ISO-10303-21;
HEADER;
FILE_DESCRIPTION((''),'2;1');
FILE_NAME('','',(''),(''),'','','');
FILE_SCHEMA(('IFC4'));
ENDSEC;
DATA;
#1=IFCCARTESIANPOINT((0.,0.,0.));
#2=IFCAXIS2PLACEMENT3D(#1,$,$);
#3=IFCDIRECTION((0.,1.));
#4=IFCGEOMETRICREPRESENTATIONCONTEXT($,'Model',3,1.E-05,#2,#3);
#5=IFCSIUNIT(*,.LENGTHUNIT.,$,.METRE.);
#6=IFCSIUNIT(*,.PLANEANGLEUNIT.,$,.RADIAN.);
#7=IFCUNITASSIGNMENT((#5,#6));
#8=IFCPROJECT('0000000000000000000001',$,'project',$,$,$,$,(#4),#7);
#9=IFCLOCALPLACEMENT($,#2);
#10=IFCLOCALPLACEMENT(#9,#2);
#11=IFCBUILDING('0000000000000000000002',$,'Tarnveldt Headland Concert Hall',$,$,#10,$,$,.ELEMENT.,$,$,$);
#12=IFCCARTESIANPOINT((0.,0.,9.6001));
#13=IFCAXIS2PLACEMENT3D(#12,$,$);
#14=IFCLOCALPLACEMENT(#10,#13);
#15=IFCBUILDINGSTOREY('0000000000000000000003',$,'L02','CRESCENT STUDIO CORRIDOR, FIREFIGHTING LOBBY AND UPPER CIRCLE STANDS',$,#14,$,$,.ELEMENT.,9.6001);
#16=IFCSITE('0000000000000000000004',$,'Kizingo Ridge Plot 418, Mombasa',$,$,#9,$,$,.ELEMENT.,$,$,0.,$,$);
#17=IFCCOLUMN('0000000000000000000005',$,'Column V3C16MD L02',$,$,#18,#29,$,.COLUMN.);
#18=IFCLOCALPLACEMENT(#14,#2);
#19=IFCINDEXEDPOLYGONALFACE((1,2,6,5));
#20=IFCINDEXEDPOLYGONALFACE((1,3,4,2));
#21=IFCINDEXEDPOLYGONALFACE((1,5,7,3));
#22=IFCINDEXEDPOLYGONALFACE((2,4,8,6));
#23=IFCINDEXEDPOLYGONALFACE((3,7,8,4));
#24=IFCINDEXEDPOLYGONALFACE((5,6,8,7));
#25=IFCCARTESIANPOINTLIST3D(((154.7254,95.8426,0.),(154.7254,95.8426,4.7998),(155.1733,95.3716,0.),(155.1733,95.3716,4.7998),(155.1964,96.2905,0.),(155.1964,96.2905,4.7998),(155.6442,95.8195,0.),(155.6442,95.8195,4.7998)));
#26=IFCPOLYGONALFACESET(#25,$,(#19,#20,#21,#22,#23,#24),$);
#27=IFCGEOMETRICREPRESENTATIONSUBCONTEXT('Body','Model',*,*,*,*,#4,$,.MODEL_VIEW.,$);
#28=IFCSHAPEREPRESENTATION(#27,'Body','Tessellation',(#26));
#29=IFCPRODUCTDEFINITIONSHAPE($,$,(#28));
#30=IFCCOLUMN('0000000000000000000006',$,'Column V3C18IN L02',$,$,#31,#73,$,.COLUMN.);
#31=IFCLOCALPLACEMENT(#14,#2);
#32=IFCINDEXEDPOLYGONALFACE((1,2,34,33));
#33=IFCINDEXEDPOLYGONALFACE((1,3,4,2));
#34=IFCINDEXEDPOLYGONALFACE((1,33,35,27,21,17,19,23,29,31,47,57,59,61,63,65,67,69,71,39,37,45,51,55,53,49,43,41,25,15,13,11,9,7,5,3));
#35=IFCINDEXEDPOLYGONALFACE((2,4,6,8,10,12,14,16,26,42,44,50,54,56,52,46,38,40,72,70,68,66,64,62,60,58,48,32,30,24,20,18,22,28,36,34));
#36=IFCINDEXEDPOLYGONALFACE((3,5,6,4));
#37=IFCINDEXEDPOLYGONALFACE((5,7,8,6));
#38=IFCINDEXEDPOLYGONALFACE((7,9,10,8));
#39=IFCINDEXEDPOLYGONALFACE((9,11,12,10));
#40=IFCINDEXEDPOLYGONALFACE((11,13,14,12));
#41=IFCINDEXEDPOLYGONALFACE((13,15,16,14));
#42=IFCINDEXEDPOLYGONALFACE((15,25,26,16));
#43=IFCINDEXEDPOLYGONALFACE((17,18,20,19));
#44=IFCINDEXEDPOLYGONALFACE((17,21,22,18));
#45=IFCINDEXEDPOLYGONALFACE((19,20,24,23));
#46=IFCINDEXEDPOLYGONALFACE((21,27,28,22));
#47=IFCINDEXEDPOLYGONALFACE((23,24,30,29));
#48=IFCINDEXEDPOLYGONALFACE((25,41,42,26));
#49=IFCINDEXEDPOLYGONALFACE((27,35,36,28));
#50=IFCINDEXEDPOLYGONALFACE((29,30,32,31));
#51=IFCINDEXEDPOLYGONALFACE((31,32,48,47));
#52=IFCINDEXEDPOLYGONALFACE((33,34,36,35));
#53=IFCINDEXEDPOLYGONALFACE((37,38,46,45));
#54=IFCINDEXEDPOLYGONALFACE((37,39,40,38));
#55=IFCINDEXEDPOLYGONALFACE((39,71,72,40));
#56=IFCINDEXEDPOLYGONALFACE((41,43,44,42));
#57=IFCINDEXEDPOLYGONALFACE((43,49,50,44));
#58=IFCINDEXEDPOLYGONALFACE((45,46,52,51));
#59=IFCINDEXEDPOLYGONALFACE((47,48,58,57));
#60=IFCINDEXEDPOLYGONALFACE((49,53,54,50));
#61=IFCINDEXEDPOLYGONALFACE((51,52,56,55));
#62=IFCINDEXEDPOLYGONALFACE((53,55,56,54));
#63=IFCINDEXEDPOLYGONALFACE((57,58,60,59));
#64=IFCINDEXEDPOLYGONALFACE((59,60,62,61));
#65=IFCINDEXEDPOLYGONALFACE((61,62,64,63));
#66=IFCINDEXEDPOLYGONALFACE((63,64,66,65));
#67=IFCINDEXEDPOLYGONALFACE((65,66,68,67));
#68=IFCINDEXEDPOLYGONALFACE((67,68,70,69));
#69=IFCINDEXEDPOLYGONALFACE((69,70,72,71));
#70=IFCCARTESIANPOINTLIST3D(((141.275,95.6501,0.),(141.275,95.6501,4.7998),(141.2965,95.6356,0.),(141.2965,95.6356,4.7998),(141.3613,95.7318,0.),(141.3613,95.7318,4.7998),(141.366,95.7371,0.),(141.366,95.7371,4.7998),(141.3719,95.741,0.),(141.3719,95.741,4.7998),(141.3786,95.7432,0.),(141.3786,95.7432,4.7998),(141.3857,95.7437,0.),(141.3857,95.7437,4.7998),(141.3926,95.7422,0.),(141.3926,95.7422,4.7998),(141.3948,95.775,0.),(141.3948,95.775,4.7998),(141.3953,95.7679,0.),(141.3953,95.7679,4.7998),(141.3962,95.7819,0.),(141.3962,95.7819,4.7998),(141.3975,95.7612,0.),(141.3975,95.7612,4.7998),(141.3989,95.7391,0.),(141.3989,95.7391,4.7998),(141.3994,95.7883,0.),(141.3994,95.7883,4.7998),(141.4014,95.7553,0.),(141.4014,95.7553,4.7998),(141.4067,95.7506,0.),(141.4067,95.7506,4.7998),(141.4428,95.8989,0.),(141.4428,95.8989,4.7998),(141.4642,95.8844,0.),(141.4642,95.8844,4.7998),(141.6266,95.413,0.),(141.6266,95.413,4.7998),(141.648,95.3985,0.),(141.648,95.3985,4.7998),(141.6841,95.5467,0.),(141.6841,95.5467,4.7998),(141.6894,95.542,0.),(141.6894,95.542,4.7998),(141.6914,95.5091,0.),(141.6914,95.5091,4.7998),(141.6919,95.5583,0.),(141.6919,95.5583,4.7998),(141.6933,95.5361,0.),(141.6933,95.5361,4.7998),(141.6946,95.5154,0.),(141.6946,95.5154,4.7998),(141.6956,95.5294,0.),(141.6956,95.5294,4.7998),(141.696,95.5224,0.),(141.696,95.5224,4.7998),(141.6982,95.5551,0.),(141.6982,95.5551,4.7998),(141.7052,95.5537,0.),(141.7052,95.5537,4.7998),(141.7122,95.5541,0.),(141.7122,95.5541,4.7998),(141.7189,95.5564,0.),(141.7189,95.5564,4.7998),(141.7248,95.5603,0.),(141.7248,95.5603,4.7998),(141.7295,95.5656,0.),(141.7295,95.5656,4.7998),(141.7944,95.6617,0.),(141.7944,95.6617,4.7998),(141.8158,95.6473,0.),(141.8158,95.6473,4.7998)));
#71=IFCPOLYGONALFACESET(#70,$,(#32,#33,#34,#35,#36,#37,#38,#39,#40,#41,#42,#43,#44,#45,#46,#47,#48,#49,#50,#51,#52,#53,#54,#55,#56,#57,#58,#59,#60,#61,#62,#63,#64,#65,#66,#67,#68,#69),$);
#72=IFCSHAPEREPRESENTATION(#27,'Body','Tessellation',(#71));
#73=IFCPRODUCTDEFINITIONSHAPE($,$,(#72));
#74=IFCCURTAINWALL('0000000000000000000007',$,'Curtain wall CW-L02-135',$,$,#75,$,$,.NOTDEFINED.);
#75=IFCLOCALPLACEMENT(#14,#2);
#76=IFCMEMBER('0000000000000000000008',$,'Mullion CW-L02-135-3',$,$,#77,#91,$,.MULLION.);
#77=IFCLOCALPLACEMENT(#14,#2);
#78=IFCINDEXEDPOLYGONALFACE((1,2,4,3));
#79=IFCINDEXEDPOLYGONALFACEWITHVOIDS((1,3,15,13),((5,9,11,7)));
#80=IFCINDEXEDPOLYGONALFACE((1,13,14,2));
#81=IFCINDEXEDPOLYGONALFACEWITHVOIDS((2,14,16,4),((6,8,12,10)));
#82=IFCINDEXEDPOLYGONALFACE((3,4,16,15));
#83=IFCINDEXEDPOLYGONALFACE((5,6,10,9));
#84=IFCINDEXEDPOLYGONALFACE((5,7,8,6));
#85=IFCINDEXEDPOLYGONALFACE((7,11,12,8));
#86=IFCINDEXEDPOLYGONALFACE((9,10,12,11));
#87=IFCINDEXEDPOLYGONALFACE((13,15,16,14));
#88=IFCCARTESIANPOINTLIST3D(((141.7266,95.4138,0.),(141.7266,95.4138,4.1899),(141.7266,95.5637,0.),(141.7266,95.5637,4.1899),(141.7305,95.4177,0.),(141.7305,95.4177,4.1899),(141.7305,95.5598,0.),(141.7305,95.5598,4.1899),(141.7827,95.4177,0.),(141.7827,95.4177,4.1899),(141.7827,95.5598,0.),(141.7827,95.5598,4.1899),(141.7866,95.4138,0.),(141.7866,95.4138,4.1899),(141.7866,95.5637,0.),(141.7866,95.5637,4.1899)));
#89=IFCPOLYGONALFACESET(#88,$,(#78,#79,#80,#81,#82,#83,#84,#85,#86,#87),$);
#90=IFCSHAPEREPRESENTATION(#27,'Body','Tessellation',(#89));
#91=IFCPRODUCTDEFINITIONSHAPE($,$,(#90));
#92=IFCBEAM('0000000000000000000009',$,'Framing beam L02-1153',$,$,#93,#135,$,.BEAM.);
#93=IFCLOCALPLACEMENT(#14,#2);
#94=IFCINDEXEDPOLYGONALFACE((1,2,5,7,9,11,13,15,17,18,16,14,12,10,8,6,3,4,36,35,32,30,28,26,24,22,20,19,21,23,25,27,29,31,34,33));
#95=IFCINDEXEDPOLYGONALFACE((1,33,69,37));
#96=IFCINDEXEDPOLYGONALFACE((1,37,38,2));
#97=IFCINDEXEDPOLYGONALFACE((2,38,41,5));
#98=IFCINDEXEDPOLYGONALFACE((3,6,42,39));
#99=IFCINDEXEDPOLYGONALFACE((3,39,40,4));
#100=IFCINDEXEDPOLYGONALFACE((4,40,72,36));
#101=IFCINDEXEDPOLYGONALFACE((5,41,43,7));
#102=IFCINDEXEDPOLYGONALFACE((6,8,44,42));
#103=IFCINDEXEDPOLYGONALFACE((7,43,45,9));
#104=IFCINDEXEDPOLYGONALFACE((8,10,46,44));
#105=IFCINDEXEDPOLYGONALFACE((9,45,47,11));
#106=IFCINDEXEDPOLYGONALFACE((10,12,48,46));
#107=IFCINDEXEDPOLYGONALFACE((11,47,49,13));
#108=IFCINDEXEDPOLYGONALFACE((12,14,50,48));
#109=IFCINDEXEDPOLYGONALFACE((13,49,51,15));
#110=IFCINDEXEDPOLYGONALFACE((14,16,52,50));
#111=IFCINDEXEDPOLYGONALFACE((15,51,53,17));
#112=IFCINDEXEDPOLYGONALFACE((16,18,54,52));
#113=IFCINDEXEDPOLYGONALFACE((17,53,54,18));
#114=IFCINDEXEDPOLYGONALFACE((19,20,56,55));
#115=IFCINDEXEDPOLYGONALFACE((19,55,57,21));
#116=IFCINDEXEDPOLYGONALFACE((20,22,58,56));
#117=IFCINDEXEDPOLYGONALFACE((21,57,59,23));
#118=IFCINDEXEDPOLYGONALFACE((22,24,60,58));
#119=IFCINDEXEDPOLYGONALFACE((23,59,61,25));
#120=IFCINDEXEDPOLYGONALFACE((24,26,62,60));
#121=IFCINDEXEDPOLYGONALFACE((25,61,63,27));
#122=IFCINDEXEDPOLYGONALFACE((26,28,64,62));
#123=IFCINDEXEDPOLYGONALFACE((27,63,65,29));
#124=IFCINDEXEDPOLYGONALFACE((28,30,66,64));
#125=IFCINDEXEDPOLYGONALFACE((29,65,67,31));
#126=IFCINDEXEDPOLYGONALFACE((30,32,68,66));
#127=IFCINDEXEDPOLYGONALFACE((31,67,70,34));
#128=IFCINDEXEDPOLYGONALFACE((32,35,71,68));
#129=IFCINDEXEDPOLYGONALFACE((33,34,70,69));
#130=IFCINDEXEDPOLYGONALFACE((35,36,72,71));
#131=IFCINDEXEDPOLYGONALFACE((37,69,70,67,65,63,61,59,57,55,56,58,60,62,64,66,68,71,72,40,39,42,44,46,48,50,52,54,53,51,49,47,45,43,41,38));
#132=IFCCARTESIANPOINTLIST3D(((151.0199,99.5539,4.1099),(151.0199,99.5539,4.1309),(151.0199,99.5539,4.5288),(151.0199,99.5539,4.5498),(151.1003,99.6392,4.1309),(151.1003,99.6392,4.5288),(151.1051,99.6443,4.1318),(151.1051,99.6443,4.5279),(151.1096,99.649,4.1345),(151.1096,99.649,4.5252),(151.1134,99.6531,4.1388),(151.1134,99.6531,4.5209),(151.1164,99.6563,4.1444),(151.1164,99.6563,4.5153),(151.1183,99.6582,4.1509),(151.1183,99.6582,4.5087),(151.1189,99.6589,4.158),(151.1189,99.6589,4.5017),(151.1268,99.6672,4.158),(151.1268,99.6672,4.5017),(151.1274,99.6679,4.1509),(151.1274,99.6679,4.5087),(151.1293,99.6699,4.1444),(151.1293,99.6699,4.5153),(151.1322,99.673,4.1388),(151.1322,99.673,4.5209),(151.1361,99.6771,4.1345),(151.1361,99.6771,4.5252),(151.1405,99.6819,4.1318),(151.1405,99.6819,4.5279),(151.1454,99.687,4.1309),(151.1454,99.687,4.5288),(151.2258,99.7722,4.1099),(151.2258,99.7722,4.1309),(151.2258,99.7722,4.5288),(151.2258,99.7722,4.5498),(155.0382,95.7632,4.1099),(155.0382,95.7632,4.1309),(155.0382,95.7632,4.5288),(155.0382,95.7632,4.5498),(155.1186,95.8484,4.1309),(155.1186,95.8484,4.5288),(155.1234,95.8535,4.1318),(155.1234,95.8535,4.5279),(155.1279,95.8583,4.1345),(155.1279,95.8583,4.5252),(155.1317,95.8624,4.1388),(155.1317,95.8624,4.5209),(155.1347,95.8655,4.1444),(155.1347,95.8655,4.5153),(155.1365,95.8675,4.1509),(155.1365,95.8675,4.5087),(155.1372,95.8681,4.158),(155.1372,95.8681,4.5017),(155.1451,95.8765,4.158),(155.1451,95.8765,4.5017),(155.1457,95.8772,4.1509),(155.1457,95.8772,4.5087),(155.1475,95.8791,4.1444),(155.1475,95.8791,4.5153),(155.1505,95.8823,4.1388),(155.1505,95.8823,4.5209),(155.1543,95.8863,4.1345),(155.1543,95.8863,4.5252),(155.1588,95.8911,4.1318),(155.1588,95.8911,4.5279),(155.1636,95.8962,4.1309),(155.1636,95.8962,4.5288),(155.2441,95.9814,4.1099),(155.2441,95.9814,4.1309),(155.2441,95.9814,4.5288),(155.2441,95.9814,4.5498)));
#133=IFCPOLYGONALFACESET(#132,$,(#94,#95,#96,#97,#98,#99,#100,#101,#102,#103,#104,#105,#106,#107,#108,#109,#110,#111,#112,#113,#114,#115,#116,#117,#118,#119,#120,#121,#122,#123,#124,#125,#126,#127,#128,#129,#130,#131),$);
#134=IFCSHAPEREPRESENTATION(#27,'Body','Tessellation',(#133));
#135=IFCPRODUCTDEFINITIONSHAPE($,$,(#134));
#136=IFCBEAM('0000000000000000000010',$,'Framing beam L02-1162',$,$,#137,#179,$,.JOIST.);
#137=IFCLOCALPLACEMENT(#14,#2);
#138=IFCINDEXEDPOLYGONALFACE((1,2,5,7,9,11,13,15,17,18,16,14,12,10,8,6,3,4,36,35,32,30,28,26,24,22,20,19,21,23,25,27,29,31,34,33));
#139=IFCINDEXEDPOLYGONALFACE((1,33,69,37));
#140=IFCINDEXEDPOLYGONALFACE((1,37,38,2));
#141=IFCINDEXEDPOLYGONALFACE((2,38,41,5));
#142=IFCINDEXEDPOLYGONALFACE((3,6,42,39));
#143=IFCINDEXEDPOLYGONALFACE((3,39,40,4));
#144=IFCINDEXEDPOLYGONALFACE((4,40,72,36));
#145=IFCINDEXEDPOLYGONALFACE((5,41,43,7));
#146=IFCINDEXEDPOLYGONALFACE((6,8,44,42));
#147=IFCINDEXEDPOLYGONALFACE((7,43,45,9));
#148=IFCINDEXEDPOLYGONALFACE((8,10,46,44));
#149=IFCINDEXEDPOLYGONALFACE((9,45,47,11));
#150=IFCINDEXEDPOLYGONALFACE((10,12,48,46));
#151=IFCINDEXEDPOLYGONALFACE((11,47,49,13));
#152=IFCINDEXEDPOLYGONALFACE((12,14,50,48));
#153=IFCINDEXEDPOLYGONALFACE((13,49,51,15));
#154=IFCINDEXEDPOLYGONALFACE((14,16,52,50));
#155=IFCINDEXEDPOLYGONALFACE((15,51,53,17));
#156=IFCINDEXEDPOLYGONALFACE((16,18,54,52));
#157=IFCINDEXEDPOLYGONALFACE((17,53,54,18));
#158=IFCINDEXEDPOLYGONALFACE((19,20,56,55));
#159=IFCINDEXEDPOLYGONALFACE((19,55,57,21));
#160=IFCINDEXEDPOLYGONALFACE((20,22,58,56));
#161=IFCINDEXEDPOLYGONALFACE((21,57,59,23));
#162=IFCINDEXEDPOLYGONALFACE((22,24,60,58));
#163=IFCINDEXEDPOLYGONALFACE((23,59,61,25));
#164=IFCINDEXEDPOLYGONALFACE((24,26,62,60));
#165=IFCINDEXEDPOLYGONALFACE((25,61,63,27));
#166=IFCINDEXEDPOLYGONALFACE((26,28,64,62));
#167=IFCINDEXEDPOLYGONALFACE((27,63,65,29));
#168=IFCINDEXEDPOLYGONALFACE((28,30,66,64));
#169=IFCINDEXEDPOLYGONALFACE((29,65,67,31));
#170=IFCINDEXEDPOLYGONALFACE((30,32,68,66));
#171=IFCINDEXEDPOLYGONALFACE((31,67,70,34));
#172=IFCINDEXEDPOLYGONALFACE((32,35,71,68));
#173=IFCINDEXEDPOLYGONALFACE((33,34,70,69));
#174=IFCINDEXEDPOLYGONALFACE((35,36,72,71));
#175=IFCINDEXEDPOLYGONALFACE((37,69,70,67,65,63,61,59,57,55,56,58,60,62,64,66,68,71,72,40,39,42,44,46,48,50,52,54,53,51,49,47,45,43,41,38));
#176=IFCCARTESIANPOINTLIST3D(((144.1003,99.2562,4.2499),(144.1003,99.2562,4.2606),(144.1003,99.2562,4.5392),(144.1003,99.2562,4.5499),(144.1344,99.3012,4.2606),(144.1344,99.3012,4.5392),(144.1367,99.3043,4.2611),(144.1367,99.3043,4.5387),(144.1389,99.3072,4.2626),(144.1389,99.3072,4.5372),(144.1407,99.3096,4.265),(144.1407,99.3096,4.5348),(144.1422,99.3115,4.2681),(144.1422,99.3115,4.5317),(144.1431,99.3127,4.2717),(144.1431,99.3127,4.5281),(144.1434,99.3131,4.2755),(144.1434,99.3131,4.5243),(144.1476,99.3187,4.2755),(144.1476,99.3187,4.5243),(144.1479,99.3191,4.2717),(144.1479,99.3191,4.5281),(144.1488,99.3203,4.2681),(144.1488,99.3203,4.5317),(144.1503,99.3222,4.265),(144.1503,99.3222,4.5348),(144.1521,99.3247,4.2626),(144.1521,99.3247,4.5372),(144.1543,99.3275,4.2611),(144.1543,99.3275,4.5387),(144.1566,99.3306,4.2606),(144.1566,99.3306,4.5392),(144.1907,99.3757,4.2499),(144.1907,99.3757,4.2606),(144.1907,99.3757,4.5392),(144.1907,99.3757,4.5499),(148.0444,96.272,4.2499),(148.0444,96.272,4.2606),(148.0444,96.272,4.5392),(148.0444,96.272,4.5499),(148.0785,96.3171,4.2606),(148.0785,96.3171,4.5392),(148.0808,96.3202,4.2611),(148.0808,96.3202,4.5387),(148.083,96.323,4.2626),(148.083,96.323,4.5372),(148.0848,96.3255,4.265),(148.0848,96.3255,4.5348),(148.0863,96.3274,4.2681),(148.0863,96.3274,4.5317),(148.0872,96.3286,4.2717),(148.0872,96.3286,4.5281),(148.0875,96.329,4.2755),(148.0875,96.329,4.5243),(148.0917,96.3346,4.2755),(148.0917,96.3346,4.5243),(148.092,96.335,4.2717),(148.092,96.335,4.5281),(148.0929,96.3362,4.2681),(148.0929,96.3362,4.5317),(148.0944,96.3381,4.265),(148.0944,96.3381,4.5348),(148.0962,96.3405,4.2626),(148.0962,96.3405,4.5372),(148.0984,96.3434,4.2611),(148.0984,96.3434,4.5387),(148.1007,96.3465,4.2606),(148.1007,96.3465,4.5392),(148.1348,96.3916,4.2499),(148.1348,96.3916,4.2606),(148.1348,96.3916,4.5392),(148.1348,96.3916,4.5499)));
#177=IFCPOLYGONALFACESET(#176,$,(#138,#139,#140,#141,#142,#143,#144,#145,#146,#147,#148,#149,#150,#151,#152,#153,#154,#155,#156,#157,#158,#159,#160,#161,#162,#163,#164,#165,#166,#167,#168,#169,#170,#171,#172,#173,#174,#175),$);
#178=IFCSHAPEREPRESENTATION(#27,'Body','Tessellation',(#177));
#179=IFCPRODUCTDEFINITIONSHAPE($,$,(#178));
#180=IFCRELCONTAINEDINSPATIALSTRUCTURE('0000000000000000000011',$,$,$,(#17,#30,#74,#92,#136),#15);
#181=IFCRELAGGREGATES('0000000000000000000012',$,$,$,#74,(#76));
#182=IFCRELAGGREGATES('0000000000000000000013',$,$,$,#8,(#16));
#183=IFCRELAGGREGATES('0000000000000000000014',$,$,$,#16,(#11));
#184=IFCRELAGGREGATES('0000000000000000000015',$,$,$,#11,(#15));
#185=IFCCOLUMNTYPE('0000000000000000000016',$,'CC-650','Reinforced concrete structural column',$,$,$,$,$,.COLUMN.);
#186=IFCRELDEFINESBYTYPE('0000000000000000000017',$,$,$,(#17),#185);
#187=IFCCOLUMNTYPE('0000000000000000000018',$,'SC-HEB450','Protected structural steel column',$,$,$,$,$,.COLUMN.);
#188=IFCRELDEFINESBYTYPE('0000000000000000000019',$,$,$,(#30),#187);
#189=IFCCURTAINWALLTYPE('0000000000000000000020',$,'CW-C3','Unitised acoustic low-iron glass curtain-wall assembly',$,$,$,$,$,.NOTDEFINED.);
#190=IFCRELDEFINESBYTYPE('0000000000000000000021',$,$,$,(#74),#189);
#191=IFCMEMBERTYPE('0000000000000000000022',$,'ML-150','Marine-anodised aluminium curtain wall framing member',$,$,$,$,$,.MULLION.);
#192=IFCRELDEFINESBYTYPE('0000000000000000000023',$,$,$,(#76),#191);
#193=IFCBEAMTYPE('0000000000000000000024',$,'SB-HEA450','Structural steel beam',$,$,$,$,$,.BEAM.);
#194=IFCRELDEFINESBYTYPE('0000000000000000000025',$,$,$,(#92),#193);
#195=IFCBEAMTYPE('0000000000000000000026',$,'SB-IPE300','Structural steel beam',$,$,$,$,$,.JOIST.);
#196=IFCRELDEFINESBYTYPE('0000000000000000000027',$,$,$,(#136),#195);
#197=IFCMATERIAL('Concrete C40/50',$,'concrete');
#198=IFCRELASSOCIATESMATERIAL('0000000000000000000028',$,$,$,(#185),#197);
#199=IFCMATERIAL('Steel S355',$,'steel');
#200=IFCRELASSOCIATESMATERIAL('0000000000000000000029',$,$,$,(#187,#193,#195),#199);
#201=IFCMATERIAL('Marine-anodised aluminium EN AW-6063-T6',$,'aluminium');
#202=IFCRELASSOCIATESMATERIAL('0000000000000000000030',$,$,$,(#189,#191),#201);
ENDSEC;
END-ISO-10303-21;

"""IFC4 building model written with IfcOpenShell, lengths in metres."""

from ifc_helpers import new_model, si_unit, direction, frame, origin, origin_2d, place, context, subcontext, project, spatial, rectangle, hollow_rectangle, i_section, extrude, material, material_profile, profile_set, type_object, element, aggregate, save


model = new_model("IFC4")

# Units and contexts
model_context = context("Model", 3, precision=1e-05, world=origin(), true_north=direction((0.0, 1.0)))
body_context = subcontext(model_context, "Body", "Model", "MODEL_VIEW")
ifc_project = project(units=[si_unit("LENGTHUNIT", "METRE"), si_unit("PLANEANGLEUNIT", "RADIAN")], contexts=[model_context])

# Site, building, storey
site_placement = place(None, origin())
site = spatial("IfcSite", under=ifc_project, at=site_placement, Name="Kizingo Ridge Plot 418, Mombasa", CompositionType="ELEMENT", RefElevation=0.0)
building_placement = place(site_placement, origin())
building = spatial("IfcBuilding", under=site, at=building_placement, Name="Tarnveldt Headland Concert Hall", CompositionType="ELEMENT")
storey_placement = place(building_placement, frame((0.0, 0.0, 9.6001)))
storey = spatial("IfcBuildingStorey", under=building, at=storey_placement, Name="L02", Description="CRESCENT STUDIO CORRIDOR, FIREFIGHTING LOBBY AND UPPER CIRCLE STANDS", CompositionType="ELEMENT", Elevation=9.6001)

# Columns
ifc_material_1 = material(Name="Concrete C40/50", Category="concrete")
ifc_material_profile_1 = material_profile(ifc_material_1, rectangle(XDim=0.6499, YDim=0.6499, at=origin_2d()), Name="RC 650x650", Category="concrete")
ifc_profile_set_1 = profile_set([ifc_material_profile_1], Name="Concrete C40/50")
column_type_1 = type_object("IfcColumnType", Name="CC-650", Description="Reinforced concrete structural column", PredefinedType="COLUMN", material=ifc_profile_set_1)
column_1_placement = place(storey_placement, frame((155.1848, 95.8311, 0.0), z_axis=(0.0, 0.0, 1.0), x_axis=(0.724653, 0.689114, 0.0)))
element("IfcColumn", 1, at=column_1_placement, inside=storey, type_object=column_type_1, Name="Column V3C16MD L02", PredefinedType="COLUMN", context=body_context, shape_type="SweptSolid", body=[
    extrude(rectangle(XDim=0.6499, YDim=0.6499, at=origin_2d()), origin(), (0.0, 0.0, 1.0), 4.7998),
])
ifc_material_2 = material(Name="Steel S355", Category="steel")
ifc_material_profile_2 = material_profile(ifc_material_2, i_section(OverallWidth=0.3, OverallDepth=0.45, WebThickness=0.0139, FlangeThickness=0.0259, FilletRadius=0.0271, at=origin_2d()), Name="HEB450", Category="steel")
ifc_profile_set_2 = profile_set([ifc_material_profile_2], Name="Steel S355")
column_type_2 = type_object("IfcColumnType", Name="SC-HEB450", Description="Protected structural steel column", PredefinedType="COLUMN", material=ifc_profile_set_2)
column_2_placement = place(storey_placement, frame((141.5454, 95.6487, 0.0), z_axis=(0.0, 0.0, 1.0), x_axis=(0.559193, 0.829038, 0.0)))
element("IfcColumn", 2, at=column_2_placement, inside=storey, type_object=column_type_2, Name="Column V3C18IN L02", PredefinedType="COLUMN", context=body_context, shape_type="SweptSolid", body=[
    extrude(i_section(OverallWidth=0.3, OverallDepth=0.45, WebThickness=0.0139, FlangeThickness=0.0259, FilletRadius=0.0271, at=origin_2d()), origin(), (0.0, 0.0, 1.0), 4.7998),
])

# Curtain wall, member
ifc_material_3 = material(Name="Marine-anodised aluminium EN AW-6063-T6", Category="aluminium")
curtain_wall_type = type_object("IfcCurtainWallType", Name="CW-C3", Description="Unitised acoustic low-iron glass curtain-wall assembly", PredefinedType="NOTDEFINED", material=ifc_material_3)
curtain_wall_placement = place(storey_placement, origin())
curtain_wall = element("IfcCurtainWall", 3, at=curtain_wall_placement, inside=storey, type_object=curtain_wall_type, Name="Curtain wall CW-L02-135", PredefinedType="NOTDEFINED")
ifc_material_profile_3 = material_profile(ifc_material_3, hollow_rectangle(XDim=0.0601, YDim=0.1499, WallThickness=0.0039, at=origin_2d()), Name="ALU MULLION 60x150x4", Category="aluminium")
ifc_profile_set_3 = profile_set([ifc_material_profile_3], Name="Marine-anodised aluminium EN AW-6063-T6")
member_type = type_object("IfcMemberType", Name="ML-150", Description="Marine-anodised aluminium curtain wall framing member", PredefinedType="MULLION", material=ifc_profile_set_3)
member_placement = place(storey_placement, frame((141.7566, 95.4888, 0.0), z_axis=(0.0, 0.0, 1.0), x_axis=(1.0, 0.0, 0.0)))
member = element("IfcMember", 4, at=member_placement, type_object=member_type, Name="Mullion CW-L02-135-3", PredefinedType="MULLION", context=body_context, shape_type="SweptSolid", body=[
    extrude(hollow_rectangle(XDim=0.0601, YDim=0.1499, WallThickness=0.0039, at=origin_2d()), origin(), (0.0, 0.0, 1.0), 4.1899),
])

# Beams
ifc_material_profile_4 = material_profile(ifc_material_2, i_section(OverallWidth=0.3, OverallDepth=0.4399, WebThickness=0.0115, FlangeThickness=0.021, FilletRadius=0.0271, at=origin_2d()), Name="HEA450", Category="steel")
ifc_profile_set_4 = profile_set([ifc_material_profile_4], Name="Steel S355")
beam_type_1 = type_object("IfcBeamType", Name="SB-HEA450", Description="Structural steel beam", PredefinedType="BEAM", material=ifc_profile_set_4)
beam_1_placement = place(storey_placement, frame((155.1411, 95.8723, 4.3298), z_axis=(-0.727402, 0.686212, 0.0), x_axis=(-0.686212, -0.727402, 0.0)))
element("IfcBeam", 5, at=beam_1_placement, inside=storey, type_object=beam_type_1, Name="Framing beam L02-1153", PredefinedType="BEAM", context=body_context, shape_type="SweptSolid", body=[
    extrude(i_section(OverallWidth=0.3, OverallDepth=0.4399, WebThickness=0.0115, FlangeThickness=0.021, FilletRadius=0.0271, at=origin_2d()), origin(), (0.0, 0.0, 1.0), 5.5242),
])
ifc_material_profile_5 = material_profile(ifc_material_2, i_section(OverallWidth=0.1499, OverallDepth=0.3, WebThickness=0.0071, FlangeThickness=0.0107, FilletRadius=0.0149, at=origin_2d()), Name="IPE300", Category="steel")
ifc_profile_set_5 = profile_set([ifc_material_profile_5], Name="Steel S355")
beam_type_2 = type_object("IfcBeamType", Name="SB-IPE300", Description="Structural steel beam", PredefinedType="JOIST", material=ifc_profile_set_5)
beam_2_placement = place(storey_placement, frame((148.0896, 96.3318, 4.3999), z_axis=(-0.797464, 0.603367, 0.0), x_axis=(-0.603367, -0.797464, 0.0)))
element("IfcBeam", 6, at=beam_2_placement, inside=storey, type_object=beam_type_2, Name="Framing beam L02-1162", PredefinedType="JOIST", context=body_context, shape_type="SweptSolid", body=[
    extrude(i_section(OverallWidth=0.1499, OverallDepth=0.3, WebThickness=0.0071, FlangeThickness=0.0107, FilletRadius=0.0149, at=origin_2d()), origin(), (0.0, 0.0, 1.0), 4.9458),
])

aggregate(curtain_wall, [member])

save(model, "model.ifc")
